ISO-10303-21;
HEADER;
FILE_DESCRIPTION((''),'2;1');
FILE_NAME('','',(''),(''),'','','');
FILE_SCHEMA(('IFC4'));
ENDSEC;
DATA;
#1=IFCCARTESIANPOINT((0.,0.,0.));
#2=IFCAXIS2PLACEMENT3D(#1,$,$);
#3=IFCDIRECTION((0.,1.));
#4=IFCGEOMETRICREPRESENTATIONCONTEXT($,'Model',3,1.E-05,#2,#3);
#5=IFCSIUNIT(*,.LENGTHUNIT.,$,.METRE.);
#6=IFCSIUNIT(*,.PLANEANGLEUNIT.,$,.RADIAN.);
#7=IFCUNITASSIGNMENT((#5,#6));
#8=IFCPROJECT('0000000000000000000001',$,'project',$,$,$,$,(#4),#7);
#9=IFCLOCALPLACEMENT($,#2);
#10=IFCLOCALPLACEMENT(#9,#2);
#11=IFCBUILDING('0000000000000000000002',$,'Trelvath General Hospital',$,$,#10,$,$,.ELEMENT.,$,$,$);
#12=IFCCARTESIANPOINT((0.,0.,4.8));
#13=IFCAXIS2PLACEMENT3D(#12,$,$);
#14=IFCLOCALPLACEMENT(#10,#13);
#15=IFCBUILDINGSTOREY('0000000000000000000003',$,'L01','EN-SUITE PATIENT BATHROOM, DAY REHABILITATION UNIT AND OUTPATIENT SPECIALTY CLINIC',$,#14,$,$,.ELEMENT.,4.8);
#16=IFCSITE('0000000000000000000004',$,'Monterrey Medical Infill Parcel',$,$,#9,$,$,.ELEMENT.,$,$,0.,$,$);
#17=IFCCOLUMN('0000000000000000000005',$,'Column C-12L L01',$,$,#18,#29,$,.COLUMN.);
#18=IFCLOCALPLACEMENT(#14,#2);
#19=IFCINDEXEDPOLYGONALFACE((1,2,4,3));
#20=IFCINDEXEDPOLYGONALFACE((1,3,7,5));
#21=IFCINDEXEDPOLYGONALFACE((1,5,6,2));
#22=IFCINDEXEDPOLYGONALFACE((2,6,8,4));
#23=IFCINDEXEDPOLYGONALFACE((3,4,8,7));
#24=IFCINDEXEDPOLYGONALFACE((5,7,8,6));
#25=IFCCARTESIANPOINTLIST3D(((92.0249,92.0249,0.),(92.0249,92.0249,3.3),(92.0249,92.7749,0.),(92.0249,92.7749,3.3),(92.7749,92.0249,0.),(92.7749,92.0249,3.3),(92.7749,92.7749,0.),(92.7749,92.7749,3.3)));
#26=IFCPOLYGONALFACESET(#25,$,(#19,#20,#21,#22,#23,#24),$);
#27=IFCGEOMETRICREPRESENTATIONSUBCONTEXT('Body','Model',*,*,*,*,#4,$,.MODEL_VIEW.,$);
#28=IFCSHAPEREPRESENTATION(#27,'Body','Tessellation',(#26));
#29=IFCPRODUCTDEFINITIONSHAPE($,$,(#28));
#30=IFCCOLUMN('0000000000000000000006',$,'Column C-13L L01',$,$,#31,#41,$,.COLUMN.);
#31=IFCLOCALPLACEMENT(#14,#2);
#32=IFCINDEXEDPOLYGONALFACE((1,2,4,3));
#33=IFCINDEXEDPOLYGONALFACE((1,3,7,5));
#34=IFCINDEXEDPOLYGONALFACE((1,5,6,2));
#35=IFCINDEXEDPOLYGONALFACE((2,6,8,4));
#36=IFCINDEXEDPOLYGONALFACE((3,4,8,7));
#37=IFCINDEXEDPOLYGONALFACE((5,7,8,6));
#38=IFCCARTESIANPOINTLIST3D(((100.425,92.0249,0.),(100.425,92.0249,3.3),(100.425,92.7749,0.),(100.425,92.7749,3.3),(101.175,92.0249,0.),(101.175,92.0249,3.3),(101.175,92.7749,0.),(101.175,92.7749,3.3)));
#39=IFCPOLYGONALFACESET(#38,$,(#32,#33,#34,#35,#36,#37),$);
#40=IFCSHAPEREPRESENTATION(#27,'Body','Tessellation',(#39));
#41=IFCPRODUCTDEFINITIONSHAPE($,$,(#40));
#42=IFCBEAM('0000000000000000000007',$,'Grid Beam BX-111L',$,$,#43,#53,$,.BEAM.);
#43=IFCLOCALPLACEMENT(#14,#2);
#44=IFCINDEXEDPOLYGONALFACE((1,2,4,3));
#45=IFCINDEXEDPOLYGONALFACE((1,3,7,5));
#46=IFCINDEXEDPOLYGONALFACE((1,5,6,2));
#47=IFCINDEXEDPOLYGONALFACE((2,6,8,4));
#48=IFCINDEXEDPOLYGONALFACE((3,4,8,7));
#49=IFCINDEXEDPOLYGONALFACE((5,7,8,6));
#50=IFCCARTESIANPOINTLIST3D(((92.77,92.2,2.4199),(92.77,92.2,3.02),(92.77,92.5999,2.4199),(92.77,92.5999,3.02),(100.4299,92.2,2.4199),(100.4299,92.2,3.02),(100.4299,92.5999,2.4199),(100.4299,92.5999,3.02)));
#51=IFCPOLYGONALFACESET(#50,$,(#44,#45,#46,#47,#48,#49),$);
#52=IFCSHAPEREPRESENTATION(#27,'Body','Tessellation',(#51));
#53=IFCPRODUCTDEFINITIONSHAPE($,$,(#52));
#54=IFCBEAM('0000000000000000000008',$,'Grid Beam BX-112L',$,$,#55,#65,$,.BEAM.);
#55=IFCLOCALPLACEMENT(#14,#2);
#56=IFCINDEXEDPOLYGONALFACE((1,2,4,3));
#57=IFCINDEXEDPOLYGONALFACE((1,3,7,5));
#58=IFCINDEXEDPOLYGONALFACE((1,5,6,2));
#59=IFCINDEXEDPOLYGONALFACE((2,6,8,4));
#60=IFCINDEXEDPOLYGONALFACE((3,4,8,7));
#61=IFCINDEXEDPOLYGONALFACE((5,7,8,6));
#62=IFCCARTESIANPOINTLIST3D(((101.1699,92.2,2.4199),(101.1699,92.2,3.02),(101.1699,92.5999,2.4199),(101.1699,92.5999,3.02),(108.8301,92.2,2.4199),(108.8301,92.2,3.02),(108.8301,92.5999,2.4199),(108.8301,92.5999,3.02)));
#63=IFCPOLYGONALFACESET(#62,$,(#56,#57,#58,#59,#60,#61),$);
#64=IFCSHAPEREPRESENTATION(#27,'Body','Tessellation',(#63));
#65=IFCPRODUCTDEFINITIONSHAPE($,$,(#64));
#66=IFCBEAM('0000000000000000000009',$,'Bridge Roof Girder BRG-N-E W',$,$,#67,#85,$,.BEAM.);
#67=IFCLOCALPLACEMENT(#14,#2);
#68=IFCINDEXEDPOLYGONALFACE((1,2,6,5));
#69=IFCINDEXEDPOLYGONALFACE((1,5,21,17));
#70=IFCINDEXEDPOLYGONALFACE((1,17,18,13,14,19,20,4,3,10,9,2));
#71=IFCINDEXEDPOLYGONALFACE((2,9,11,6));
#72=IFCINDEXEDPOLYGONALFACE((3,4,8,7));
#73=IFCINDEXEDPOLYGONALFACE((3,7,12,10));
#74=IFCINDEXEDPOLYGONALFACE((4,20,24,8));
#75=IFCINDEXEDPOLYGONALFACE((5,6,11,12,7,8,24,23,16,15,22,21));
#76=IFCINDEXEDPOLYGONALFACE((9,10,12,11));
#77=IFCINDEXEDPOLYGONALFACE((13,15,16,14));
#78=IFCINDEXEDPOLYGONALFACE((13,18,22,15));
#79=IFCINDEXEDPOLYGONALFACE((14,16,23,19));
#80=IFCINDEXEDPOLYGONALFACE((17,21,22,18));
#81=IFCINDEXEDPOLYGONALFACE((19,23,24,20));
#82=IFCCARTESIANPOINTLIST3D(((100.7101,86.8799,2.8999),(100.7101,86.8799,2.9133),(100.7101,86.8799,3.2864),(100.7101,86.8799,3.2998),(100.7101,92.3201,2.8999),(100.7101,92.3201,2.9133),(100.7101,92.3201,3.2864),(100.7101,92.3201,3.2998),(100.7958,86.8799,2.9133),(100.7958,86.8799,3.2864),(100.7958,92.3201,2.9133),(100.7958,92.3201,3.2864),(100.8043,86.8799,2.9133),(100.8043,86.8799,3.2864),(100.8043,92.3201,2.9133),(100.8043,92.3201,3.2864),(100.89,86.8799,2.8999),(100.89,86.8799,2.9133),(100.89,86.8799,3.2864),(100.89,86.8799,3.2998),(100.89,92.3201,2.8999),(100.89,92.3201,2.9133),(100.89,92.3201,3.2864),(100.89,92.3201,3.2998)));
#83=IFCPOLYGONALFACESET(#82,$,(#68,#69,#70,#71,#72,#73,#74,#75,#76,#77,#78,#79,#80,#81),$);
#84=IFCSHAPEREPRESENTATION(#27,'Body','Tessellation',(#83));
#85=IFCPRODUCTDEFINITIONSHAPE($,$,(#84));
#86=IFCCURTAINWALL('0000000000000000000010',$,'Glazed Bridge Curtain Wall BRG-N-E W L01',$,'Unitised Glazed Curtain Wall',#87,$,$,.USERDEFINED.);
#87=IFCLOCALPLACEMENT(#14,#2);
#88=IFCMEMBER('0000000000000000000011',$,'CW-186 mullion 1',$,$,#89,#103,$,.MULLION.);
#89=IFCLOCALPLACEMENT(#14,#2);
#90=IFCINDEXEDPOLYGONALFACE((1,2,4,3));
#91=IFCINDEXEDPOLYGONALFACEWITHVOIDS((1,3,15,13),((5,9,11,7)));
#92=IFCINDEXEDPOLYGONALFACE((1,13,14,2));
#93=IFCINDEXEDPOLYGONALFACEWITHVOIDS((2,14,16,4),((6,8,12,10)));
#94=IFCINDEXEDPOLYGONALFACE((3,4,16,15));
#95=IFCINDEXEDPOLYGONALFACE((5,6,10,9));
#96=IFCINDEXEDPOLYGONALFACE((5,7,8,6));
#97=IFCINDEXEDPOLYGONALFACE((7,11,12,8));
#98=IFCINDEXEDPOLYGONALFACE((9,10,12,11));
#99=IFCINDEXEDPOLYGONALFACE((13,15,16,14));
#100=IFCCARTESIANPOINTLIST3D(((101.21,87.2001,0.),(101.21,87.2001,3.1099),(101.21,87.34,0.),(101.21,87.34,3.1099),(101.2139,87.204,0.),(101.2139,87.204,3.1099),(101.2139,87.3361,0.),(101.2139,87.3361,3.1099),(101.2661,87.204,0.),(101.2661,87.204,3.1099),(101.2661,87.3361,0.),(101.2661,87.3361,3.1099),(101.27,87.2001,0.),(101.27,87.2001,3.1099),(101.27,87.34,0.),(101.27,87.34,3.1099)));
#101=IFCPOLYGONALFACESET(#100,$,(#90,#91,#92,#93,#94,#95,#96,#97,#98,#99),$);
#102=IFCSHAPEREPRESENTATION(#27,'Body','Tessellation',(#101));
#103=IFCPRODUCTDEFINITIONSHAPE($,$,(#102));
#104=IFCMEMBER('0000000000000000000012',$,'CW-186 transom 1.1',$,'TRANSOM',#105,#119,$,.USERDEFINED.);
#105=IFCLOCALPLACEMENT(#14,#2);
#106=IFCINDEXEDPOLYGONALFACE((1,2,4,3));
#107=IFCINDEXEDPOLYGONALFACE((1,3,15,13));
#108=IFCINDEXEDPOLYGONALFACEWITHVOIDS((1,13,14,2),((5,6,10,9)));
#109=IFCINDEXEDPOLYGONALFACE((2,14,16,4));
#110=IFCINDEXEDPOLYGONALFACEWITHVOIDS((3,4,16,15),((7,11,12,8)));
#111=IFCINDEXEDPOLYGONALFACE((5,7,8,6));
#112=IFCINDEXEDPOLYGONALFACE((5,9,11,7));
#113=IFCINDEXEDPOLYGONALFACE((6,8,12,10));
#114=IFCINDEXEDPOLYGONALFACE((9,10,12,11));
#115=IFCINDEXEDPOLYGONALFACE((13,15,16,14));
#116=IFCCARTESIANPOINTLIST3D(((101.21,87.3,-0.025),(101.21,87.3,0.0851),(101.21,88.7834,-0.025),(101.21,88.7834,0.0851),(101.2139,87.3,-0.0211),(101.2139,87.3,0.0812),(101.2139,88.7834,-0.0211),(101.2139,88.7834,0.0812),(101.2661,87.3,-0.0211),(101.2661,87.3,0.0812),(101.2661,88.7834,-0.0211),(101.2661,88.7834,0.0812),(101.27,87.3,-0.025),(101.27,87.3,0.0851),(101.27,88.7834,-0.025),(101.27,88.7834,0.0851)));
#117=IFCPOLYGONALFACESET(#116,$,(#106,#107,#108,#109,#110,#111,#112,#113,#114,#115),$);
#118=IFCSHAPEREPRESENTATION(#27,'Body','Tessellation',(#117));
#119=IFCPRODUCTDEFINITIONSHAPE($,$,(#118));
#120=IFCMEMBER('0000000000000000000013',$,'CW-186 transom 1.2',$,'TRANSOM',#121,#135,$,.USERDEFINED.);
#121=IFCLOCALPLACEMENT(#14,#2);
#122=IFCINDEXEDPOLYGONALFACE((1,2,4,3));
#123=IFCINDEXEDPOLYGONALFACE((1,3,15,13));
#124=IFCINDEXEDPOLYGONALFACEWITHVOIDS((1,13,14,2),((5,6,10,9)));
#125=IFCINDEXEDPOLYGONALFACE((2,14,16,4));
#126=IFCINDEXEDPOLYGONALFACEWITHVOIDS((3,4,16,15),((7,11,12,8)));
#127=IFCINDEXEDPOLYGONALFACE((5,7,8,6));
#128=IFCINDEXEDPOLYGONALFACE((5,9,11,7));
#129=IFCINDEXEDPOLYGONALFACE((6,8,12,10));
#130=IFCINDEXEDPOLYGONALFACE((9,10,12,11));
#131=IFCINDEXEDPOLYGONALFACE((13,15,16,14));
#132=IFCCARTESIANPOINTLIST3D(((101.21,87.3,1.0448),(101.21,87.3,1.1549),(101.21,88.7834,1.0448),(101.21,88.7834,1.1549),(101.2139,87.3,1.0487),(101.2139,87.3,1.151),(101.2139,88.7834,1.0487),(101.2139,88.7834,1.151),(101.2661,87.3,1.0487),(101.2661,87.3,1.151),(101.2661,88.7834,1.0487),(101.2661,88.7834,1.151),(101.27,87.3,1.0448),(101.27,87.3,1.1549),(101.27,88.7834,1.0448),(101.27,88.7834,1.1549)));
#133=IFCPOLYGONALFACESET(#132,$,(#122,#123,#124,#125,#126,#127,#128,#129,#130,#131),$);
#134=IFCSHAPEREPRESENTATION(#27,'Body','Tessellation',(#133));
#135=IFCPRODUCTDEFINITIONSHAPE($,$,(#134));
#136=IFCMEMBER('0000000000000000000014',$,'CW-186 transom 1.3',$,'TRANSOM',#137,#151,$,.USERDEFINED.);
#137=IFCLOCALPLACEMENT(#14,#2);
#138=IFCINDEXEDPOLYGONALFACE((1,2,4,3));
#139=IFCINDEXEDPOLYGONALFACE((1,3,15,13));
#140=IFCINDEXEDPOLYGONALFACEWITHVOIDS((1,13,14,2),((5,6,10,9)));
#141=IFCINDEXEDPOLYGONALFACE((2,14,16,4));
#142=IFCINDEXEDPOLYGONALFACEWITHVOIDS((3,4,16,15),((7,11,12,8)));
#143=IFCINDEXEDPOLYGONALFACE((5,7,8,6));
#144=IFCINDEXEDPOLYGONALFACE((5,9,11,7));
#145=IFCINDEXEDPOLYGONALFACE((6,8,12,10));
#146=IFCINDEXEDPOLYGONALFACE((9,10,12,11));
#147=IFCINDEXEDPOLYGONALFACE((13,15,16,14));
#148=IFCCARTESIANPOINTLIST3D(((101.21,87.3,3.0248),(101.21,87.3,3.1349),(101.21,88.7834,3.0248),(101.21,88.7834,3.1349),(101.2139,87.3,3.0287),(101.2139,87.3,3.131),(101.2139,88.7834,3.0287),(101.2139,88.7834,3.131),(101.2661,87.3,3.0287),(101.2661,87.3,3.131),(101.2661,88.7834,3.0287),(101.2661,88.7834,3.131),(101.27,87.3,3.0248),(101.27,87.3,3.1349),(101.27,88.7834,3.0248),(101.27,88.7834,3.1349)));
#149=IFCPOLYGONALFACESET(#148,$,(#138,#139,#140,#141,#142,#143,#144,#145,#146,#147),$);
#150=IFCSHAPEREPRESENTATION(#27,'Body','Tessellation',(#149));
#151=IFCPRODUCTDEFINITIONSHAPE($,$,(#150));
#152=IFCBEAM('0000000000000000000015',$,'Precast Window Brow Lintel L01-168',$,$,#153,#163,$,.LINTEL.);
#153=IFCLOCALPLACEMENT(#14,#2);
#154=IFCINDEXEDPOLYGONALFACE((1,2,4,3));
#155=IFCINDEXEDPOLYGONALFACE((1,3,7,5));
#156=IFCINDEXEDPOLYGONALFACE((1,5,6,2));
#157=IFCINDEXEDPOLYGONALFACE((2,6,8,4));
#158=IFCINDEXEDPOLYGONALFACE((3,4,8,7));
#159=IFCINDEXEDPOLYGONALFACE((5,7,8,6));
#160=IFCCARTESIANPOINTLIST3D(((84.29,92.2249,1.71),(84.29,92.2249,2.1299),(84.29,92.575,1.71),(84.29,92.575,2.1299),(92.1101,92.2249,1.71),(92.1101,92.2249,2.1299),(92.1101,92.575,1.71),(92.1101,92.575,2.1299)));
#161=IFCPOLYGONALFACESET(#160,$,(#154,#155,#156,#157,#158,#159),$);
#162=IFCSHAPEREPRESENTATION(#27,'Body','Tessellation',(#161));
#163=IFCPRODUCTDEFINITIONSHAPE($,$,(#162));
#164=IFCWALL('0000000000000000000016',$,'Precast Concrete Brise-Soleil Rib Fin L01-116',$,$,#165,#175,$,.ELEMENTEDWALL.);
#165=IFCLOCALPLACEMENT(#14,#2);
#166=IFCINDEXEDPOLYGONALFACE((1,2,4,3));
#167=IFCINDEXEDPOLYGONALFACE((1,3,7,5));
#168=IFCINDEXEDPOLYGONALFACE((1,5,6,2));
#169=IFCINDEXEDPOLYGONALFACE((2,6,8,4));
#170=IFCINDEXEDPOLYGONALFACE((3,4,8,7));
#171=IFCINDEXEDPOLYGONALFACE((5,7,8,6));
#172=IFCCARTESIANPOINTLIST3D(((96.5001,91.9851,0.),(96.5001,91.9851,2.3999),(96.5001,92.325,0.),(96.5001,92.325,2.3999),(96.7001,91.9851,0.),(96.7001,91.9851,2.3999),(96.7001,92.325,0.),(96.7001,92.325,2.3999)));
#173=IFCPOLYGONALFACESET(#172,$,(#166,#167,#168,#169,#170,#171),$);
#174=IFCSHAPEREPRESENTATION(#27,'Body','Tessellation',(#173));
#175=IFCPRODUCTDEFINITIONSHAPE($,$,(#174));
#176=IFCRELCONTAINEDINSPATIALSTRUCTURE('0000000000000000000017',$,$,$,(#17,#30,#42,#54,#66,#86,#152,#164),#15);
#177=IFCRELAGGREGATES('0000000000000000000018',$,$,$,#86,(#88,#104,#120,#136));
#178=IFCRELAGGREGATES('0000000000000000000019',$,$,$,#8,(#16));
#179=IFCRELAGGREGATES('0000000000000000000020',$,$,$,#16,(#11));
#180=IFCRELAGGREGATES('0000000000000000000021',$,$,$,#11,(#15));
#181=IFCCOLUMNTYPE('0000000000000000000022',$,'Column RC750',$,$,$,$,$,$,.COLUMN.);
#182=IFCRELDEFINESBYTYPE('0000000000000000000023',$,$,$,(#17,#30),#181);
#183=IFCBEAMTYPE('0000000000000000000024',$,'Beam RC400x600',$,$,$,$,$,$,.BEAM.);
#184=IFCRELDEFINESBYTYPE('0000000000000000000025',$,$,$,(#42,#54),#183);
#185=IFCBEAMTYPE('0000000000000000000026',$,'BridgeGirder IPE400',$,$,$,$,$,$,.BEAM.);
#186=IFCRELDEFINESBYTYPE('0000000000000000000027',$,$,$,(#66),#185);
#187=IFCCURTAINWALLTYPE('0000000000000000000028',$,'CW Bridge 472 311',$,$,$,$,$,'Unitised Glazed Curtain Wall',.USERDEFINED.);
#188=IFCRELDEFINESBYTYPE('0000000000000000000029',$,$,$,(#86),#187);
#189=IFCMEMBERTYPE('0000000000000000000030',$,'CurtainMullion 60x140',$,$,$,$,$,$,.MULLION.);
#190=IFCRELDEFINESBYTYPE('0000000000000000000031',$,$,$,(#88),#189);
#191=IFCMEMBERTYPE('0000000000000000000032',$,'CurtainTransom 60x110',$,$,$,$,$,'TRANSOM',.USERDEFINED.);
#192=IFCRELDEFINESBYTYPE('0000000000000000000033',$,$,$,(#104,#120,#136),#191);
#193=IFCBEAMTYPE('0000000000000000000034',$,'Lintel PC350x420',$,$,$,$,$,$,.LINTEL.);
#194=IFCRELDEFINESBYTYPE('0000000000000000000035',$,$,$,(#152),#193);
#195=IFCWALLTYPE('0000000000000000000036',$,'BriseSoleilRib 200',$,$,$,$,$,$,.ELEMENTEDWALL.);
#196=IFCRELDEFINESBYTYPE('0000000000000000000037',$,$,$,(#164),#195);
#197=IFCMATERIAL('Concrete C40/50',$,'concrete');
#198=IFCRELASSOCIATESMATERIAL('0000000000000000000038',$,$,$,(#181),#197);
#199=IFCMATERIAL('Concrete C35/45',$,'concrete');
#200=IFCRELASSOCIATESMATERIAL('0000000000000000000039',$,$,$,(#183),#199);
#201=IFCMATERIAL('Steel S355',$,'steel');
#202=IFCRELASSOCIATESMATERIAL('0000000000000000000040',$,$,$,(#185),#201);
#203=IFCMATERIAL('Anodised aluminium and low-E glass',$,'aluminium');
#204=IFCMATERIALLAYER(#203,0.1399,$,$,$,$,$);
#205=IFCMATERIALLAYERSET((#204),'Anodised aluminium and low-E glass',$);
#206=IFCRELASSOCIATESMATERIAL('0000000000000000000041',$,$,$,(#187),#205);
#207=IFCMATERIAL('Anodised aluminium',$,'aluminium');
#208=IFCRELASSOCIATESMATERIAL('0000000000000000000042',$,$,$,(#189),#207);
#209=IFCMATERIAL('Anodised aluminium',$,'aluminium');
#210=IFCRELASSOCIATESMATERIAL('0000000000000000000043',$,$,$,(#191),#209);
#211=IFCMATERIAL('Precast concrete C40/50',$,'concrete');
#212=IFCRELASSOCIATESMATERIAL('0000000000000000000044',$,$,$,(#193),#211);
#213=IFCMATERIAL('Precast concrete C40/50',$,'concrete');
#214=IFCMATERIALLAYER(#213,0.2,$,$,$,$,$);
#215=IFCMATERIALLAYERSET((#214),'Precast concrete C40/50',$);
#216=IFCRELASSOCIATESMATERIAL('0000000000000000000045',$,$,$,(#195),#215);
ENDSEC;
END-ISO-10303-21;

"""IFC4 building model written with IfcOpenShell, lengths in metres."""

from ifc_helpers import new_model, si_unit, direction, frame, frame_2d, origin, origin_2d, place, context, subcontext, project, spatial, rectangle, hollow_rectangle, i_section, extrude, material, layer, layer_set, material_profile, profile_set, type_object, element, aggregate, save


model = new_model("IFC4")

# Units and contexts
model_context = context("Model", 3, precision=1e-05, world=origin(), true_north=direction((0.0, 1.0)))
body_context = subcontext(model_context, "Body", "Model", "MODEL_VIEW")
ifc_project = project(units=[si_unit("LENGTHUNIT", "METRE"), si_unit("PLANEANGLEUNIT", "RADIAN")], contexts=[model_context])

# Site, building, storey
site_placement = place(None, origin())
site = spatial("IfcSite", under=ifc_project, at=site_placement, Name="Monterrey Medical Infill Parcel", CompositionType="ELEMENT", RefElevation=0.0)
building_placement = place(site_placement, origin())
building = spatial("IfcBuilding", under=site, at=building_placement, Name="Trelvath General Hospital", CompositionType="ELEMENT")
storey_placement = place(building_placement, frame((0.0, 0.0, 4.8)))
storey = spatial("IfcBuildingStorey", under=building, at=storey_placement, Name="L01", Description="EN-SUITE PATIENT BATHROOM, DAY REHABILITATION UNIT AND OUTPATIENT SPECIALTY CLINIC", CompositionType="ELEMENT", Elevation=4.8)

# Columns
ifc_material_1 = material(Name="Concrete C40/50", Category="concrete")
ifc_material_profile_1 = material_profile(ifc_material_1, rectangle(XDim=0.75, YDim=0.75, at=origin_2d()), Name="RC750x750")
ifc_profile_set_1 = profile_set([ifc_material_profile_1], Name="Concrete C40/50")
column_type = type_object("IfcColumnType", Name="Column RC750", PredefinedType="COLUMN", material=ifc_profile_set_1)
for number, where, z_axis, x_axis, name in (
    (1, (92.3999, 92.3999, 0.0), (0.0, 0.0, 1.0), (1.0, 0.0, 0.0), "Column C-12L L01"),
    (2, (100.8, 92.3999, 0.0), (0.0, 0.0, 1.0), (1.0, 0.0, 0.0), "Column C-13L L01"),
):
    element("IfcColumn", number, at=place(storey_placement, frame(where, z_axis=z_axis, x_axis=x_axis)), inside=storey, type_object=column_type, Name=name, PredefinedType="COLUMN", context=body_context, shape_type="SweptSolid", body=[
        extrude(rectangle(XDim=0.75, YDim=0.75, at=origin_2d()), origin(), (0.0, 0.0, 1.0), 3.3),
    ])

# Beams
ifc_material_2 = material(Name="Concrete C35/45", Category="concrete")
ifc_material_profile_2 = material_profile(ifc_material_2, rectangle(XDim=0.3999, YDim=0.6001, at=origin_2d()), Name="RCB400x600")
ifc_profile_set_2 = profile_set([ifc_material_profile_2], Name="Concrete C35/45")
beam_type_1 = type_object("IfcBeamType", Name="Beam RC400x600", PredefinedType="BEAM", material=ifc_profile_set_2)
beam_1_placement = place(storey_placement, frame((92.77, 92.3999, 2.72), z_axis=(1.0, 0.0, 0.0), x_axis=(0.0, 1.0, 0.0)))
element("IfcBeam", 3, at=beam_1_placement, inside=storey, type_object=beam_type_1, Name="Grid Beam BX-111L", PredefinedType="BEAM", context=body_context, shape_type="SweptSolid", body=[
    extrude(rectangle(XDim=0.3999, YDim=0.6001, at=origin_2d()), origin(), (0.0, 0.0, 1.0), 7.6599),
])
beam_2_placement = place(storey_placement, frame((101.1699, 92.3999, 2.72), z_axis=(1.0, 0.0, 0.0), x_axis=(0.0, 1.0, 0.0)))
element("IfcBeam", 4, at=beam_2_placement, inside=storey, type_object=beam_type_1, Name="Grid Beam BX-112L", PredefinedType="BEAM", context=body_context, shape_type="SweptSolid", body=[
    extrude(rectangle(XDim=0.3999, YDim=0.6001, at=origin_2d()), origin(), (0.0, 0.0, 1.0), 7.6602),
])
ifc_material_3 = material(Name="Steel S355", Category="steel")
ifc_material_profile_3 = material_profile(ifc_material_3, i_section(OverallWidth=0.1799, OverallDepth=0.3999, WebThickness=0.0085, FlangeThickness=0.0134, at=origin_2d()), Name="IPE400")
ifc_profile_set_3 = profile_set([ifc_material_profile_3], Name="Steel S355")
beam_type_2 = type_object("IfcBeamType", Name="BridgeGirder IPE400", PredefinedType="BEAM", material=ifc_profile_set_3)
beam_3_placement = place(storey_placement, frame((100.8, 86.8799, 3.0999), z_axis=(0.0, 1.0, 0.0), x_axis=(-1.0, 0.0, 0.0)))
element("IfcBeam", 5, at=beam_3_placement, inside=storey, type_object=beam_type_2, Name="Bridge Roof Girder BRG-N-E W", PredefinedType="BEAM", context=body_context, shape_type="SweptSolid", body=[
    extrude(i_section(OverallWidth=0.1799, OverallDepth=0.3999, WebThickness=0.0085, FlangeThickness=0.0134, at=origin_2d()), origin(), (0.0, 0.0, 1.0), 5.4402),
])

# Curtain wall, members
ifc_material_4 = material(Name="Anodised aluminium and low-E glass", Category="aluminium")
ifc_layer_1 = layer(ifc_material_4, 0.1399)
ifc_layer_set_1 = layer_set([ifc_layer_1], Name="Anodised aluminium and low-E glass")
curtain_wall_type = type_object("IfcCurtainWallType", Name="CW Bridge 472 311", ElementType="Unitised Glazed Curtain Wall", PredefinedType="USERDEFINED", material=ifc_layer_set_1)
curtain_wall_placement = place(storey_placement, origin())
curtain_wall = element("IfcCurtainWall", 6, at=curtain_wall_placement, inside=storey, type_object=curtain_wall_type, Name="Glazed Bridge Curtain Wall BRG-N-E W L01", ObjectType="Unitised Glazed Curtain Wall", PredefinedType="USERDEFINED")
ifc_material_5 = material(Name="Anodised aluminium", Category="aluminium")
ifc_material_profile_4 = material_profile(ifc_material_5, hollow_rectangle(XDim=0.0601, YDim=0.1399, WallThickness=0.0039, at=origin_2d()), Name="RHS60x140x4")
ifc_profile_set_4 = profile_set([ifc_material_profile_4], Name="Anodised aluminium")
member_type_1 = type_object("IfcMemberType", Name="CurtainMullion 60x140", PredefinedType="MULLION", material=ifc_profile_set_4)
member_1_placement = place(storey_placement, frame((101.24, 87.27, 0.0), z_axis=(0.0, 0.0, 1.0), x_axis=(-1.0, 0.0, 0.0)))
member_1 = element("IfcMember", 7, at=member_1_placement, type_object=member_type_1, Name="CW-186 mullion 1", PredefinedType="MULLION", context=body_context, shape_type="SweptSolid", body=[
    extrude(hollow_rectangle(XDim=0.0601, YDim=0.1399, WallThickness=0.0039, at=origin_2d()), origin(), (0.0, 0.0, 1.0), 3.1099),
])
ifc_material_6 = material(Name="Anodised aluminium", Category="aluminium")
ifc_material_profile_5 = material_profile(ifc_material_6, hollow_rectangle(XDim=0.0601, YDim=0.1101, WallThickness=0.0039, at=origin_2d()), Name="RHS60x110x4")
ifc_profile_set_5 = profile_set([ifc_material_profile_5], Name="Anodised aluminium")
member_type_2 = type_object("IfcMemberType", Name="CurtainTransom 60x110", ElementType="TRANSOM", PredefinedType="USERDEFINED", material=ifc_profile_set_5)
member_2_placement = place(storey_placement, frame((101.24, 87.3, 0.03), z_axis=(0.0, 1.0, 0.0), x_axis=(-1.0, 0.0, 0.0)))
member_2 = element("IfcMember", 8, at=member_2_placement, type_object=member_type_2, Name="CW-186 transom 1.1", ObjectType="TRANSOM", PredefinedType="USERDEFINED", context=body_context, shape_type="SweptSolid", body=[
    extrude(hollow_rectangle(XDim=0.0601, YDim=0.1101, WallThickness=0.0039, at=origin_2d()), origin(), (0.0, 0.0, 1.0), 1.4834),
])
member_3_placement = place(storey_placement, frame((101.24, 87.3, 1.0999), z_axis=(0.0, 1.0, 0.0), x_axis=(-1.0, 0.0, 0.0)))
member_3 = element("IfcMember", 9, at=member_3_placement, type_object=member_type_2, Name="CW-186 transom 1.2", ObjectType="TRANSOM", PredefinedType="USERDEFINED", context=body_context, shape_type="SweptSolid", body=[
    extrude(hollow_rectangle(XDim=0.0601, YDim=0.1101, WallThickness=0.0039, at=origin_2d()), origin(), (0.0, 0.0, 1.0), 1.4834),
])
member_4_placement = place(storey_placement, frame((101.24, 87.3, 3.0798), z_axis=(0.0, 1.0, 0.0), x_axis=(-1.0, 0.0, 0.0)))
member_4 = element("IfcMember", 10, at=member_4_placement, type_object=member_type_2, Name="CW-186 transom 1.3", ObjectType="TRANSOM", PredefinedType="USERDEFINED", context=body_context, shape_type="SweptSolid", body=[
    extrude(hollow_rectangle(XDim=0.0601, YDim=0.1101, WallThickness=0.0039, at=origin_2d()), origin(), (0.0, 0.0, 1.0), 1.4834),
])
aggregate(curtain_wall, [member_1, member_2, member_3, member_4])

# Beam
ifc_material_7 = material(Name="Precast concrete C40/50", Category="concrete")
ifc_material_profile_6 = material_profile(ifc_material_7, rectangle(XDim=0.3501, YDim=0.4199, at=origin_2d()), Name="PCL350x420")
ifc_profile_set_6 = profile_set([ifc_material_profile_6], Name="Precast concrete C40/50")
beam_type_3 = type_object("IfcBeamType", Name="Lintel PC350x420", PredefinedType="LINTEL", material=ifc_profile_set_6)
beam_4_placement = place(storey_placement, frame((92.1101, 92.3999, 1.9199), z_axis=(-1.0, 0.0, 0.0), x_axis=(0.0, -1.0, 0.0)))
element("IfcBeam", 11, at=beam_4_placement, inside=storey, type_object=beam_type_3, Name="Precast Window Brow Lintel L01-168", PredefinedType="LINTEL", context=body_context, shape_type="SweptSolid", body=[
    extrude(rectangle(XDim=0.3501, YDim=0.4199, at=origin_2d()), origin(), (0.0, 0.0, 1.0), 7.8201),
])

# Wall
ifc_material_8 = material(Name="Precast concrete C40/50", Category="concrete")
ifc_layer_2 = layer(ifc_material_8, 0.2)
ifc_layer_set_2 = layer_set([ifc_layer_2], Name="Precast concrete C40/50")
wall_type_1 = type_object("IfcWallType", Name="BriseSoleilRib 200", PredefinedType="ELEMENTEDWALL", material=ifc_layer_set_2)
wall_1_placement = place(storey_placement, frame((96.6001, 92.325, 0.0), z_axis=(0.0, 0.0, 1.0), x_axis=(0.0, -1.0, 0.0)))
element("IfcWall", 12, at=wall_1_placement, inside=storey, type_object=wall_type_1, Name="Precast Concrete Brise-Soleil Rib Fin L01-116", PredefinedType="ELEMENTEDWALL", context=body_context, shape_type="SweptSolid", body=[
    extrude(rectangle(XDim=0.3398, YDim=0.2, at=frame_2d((0.1699, 0.0))), origin(), (0.0, 0.0, 1.0), 2.3999),
])

save(model, "model.ifc")
